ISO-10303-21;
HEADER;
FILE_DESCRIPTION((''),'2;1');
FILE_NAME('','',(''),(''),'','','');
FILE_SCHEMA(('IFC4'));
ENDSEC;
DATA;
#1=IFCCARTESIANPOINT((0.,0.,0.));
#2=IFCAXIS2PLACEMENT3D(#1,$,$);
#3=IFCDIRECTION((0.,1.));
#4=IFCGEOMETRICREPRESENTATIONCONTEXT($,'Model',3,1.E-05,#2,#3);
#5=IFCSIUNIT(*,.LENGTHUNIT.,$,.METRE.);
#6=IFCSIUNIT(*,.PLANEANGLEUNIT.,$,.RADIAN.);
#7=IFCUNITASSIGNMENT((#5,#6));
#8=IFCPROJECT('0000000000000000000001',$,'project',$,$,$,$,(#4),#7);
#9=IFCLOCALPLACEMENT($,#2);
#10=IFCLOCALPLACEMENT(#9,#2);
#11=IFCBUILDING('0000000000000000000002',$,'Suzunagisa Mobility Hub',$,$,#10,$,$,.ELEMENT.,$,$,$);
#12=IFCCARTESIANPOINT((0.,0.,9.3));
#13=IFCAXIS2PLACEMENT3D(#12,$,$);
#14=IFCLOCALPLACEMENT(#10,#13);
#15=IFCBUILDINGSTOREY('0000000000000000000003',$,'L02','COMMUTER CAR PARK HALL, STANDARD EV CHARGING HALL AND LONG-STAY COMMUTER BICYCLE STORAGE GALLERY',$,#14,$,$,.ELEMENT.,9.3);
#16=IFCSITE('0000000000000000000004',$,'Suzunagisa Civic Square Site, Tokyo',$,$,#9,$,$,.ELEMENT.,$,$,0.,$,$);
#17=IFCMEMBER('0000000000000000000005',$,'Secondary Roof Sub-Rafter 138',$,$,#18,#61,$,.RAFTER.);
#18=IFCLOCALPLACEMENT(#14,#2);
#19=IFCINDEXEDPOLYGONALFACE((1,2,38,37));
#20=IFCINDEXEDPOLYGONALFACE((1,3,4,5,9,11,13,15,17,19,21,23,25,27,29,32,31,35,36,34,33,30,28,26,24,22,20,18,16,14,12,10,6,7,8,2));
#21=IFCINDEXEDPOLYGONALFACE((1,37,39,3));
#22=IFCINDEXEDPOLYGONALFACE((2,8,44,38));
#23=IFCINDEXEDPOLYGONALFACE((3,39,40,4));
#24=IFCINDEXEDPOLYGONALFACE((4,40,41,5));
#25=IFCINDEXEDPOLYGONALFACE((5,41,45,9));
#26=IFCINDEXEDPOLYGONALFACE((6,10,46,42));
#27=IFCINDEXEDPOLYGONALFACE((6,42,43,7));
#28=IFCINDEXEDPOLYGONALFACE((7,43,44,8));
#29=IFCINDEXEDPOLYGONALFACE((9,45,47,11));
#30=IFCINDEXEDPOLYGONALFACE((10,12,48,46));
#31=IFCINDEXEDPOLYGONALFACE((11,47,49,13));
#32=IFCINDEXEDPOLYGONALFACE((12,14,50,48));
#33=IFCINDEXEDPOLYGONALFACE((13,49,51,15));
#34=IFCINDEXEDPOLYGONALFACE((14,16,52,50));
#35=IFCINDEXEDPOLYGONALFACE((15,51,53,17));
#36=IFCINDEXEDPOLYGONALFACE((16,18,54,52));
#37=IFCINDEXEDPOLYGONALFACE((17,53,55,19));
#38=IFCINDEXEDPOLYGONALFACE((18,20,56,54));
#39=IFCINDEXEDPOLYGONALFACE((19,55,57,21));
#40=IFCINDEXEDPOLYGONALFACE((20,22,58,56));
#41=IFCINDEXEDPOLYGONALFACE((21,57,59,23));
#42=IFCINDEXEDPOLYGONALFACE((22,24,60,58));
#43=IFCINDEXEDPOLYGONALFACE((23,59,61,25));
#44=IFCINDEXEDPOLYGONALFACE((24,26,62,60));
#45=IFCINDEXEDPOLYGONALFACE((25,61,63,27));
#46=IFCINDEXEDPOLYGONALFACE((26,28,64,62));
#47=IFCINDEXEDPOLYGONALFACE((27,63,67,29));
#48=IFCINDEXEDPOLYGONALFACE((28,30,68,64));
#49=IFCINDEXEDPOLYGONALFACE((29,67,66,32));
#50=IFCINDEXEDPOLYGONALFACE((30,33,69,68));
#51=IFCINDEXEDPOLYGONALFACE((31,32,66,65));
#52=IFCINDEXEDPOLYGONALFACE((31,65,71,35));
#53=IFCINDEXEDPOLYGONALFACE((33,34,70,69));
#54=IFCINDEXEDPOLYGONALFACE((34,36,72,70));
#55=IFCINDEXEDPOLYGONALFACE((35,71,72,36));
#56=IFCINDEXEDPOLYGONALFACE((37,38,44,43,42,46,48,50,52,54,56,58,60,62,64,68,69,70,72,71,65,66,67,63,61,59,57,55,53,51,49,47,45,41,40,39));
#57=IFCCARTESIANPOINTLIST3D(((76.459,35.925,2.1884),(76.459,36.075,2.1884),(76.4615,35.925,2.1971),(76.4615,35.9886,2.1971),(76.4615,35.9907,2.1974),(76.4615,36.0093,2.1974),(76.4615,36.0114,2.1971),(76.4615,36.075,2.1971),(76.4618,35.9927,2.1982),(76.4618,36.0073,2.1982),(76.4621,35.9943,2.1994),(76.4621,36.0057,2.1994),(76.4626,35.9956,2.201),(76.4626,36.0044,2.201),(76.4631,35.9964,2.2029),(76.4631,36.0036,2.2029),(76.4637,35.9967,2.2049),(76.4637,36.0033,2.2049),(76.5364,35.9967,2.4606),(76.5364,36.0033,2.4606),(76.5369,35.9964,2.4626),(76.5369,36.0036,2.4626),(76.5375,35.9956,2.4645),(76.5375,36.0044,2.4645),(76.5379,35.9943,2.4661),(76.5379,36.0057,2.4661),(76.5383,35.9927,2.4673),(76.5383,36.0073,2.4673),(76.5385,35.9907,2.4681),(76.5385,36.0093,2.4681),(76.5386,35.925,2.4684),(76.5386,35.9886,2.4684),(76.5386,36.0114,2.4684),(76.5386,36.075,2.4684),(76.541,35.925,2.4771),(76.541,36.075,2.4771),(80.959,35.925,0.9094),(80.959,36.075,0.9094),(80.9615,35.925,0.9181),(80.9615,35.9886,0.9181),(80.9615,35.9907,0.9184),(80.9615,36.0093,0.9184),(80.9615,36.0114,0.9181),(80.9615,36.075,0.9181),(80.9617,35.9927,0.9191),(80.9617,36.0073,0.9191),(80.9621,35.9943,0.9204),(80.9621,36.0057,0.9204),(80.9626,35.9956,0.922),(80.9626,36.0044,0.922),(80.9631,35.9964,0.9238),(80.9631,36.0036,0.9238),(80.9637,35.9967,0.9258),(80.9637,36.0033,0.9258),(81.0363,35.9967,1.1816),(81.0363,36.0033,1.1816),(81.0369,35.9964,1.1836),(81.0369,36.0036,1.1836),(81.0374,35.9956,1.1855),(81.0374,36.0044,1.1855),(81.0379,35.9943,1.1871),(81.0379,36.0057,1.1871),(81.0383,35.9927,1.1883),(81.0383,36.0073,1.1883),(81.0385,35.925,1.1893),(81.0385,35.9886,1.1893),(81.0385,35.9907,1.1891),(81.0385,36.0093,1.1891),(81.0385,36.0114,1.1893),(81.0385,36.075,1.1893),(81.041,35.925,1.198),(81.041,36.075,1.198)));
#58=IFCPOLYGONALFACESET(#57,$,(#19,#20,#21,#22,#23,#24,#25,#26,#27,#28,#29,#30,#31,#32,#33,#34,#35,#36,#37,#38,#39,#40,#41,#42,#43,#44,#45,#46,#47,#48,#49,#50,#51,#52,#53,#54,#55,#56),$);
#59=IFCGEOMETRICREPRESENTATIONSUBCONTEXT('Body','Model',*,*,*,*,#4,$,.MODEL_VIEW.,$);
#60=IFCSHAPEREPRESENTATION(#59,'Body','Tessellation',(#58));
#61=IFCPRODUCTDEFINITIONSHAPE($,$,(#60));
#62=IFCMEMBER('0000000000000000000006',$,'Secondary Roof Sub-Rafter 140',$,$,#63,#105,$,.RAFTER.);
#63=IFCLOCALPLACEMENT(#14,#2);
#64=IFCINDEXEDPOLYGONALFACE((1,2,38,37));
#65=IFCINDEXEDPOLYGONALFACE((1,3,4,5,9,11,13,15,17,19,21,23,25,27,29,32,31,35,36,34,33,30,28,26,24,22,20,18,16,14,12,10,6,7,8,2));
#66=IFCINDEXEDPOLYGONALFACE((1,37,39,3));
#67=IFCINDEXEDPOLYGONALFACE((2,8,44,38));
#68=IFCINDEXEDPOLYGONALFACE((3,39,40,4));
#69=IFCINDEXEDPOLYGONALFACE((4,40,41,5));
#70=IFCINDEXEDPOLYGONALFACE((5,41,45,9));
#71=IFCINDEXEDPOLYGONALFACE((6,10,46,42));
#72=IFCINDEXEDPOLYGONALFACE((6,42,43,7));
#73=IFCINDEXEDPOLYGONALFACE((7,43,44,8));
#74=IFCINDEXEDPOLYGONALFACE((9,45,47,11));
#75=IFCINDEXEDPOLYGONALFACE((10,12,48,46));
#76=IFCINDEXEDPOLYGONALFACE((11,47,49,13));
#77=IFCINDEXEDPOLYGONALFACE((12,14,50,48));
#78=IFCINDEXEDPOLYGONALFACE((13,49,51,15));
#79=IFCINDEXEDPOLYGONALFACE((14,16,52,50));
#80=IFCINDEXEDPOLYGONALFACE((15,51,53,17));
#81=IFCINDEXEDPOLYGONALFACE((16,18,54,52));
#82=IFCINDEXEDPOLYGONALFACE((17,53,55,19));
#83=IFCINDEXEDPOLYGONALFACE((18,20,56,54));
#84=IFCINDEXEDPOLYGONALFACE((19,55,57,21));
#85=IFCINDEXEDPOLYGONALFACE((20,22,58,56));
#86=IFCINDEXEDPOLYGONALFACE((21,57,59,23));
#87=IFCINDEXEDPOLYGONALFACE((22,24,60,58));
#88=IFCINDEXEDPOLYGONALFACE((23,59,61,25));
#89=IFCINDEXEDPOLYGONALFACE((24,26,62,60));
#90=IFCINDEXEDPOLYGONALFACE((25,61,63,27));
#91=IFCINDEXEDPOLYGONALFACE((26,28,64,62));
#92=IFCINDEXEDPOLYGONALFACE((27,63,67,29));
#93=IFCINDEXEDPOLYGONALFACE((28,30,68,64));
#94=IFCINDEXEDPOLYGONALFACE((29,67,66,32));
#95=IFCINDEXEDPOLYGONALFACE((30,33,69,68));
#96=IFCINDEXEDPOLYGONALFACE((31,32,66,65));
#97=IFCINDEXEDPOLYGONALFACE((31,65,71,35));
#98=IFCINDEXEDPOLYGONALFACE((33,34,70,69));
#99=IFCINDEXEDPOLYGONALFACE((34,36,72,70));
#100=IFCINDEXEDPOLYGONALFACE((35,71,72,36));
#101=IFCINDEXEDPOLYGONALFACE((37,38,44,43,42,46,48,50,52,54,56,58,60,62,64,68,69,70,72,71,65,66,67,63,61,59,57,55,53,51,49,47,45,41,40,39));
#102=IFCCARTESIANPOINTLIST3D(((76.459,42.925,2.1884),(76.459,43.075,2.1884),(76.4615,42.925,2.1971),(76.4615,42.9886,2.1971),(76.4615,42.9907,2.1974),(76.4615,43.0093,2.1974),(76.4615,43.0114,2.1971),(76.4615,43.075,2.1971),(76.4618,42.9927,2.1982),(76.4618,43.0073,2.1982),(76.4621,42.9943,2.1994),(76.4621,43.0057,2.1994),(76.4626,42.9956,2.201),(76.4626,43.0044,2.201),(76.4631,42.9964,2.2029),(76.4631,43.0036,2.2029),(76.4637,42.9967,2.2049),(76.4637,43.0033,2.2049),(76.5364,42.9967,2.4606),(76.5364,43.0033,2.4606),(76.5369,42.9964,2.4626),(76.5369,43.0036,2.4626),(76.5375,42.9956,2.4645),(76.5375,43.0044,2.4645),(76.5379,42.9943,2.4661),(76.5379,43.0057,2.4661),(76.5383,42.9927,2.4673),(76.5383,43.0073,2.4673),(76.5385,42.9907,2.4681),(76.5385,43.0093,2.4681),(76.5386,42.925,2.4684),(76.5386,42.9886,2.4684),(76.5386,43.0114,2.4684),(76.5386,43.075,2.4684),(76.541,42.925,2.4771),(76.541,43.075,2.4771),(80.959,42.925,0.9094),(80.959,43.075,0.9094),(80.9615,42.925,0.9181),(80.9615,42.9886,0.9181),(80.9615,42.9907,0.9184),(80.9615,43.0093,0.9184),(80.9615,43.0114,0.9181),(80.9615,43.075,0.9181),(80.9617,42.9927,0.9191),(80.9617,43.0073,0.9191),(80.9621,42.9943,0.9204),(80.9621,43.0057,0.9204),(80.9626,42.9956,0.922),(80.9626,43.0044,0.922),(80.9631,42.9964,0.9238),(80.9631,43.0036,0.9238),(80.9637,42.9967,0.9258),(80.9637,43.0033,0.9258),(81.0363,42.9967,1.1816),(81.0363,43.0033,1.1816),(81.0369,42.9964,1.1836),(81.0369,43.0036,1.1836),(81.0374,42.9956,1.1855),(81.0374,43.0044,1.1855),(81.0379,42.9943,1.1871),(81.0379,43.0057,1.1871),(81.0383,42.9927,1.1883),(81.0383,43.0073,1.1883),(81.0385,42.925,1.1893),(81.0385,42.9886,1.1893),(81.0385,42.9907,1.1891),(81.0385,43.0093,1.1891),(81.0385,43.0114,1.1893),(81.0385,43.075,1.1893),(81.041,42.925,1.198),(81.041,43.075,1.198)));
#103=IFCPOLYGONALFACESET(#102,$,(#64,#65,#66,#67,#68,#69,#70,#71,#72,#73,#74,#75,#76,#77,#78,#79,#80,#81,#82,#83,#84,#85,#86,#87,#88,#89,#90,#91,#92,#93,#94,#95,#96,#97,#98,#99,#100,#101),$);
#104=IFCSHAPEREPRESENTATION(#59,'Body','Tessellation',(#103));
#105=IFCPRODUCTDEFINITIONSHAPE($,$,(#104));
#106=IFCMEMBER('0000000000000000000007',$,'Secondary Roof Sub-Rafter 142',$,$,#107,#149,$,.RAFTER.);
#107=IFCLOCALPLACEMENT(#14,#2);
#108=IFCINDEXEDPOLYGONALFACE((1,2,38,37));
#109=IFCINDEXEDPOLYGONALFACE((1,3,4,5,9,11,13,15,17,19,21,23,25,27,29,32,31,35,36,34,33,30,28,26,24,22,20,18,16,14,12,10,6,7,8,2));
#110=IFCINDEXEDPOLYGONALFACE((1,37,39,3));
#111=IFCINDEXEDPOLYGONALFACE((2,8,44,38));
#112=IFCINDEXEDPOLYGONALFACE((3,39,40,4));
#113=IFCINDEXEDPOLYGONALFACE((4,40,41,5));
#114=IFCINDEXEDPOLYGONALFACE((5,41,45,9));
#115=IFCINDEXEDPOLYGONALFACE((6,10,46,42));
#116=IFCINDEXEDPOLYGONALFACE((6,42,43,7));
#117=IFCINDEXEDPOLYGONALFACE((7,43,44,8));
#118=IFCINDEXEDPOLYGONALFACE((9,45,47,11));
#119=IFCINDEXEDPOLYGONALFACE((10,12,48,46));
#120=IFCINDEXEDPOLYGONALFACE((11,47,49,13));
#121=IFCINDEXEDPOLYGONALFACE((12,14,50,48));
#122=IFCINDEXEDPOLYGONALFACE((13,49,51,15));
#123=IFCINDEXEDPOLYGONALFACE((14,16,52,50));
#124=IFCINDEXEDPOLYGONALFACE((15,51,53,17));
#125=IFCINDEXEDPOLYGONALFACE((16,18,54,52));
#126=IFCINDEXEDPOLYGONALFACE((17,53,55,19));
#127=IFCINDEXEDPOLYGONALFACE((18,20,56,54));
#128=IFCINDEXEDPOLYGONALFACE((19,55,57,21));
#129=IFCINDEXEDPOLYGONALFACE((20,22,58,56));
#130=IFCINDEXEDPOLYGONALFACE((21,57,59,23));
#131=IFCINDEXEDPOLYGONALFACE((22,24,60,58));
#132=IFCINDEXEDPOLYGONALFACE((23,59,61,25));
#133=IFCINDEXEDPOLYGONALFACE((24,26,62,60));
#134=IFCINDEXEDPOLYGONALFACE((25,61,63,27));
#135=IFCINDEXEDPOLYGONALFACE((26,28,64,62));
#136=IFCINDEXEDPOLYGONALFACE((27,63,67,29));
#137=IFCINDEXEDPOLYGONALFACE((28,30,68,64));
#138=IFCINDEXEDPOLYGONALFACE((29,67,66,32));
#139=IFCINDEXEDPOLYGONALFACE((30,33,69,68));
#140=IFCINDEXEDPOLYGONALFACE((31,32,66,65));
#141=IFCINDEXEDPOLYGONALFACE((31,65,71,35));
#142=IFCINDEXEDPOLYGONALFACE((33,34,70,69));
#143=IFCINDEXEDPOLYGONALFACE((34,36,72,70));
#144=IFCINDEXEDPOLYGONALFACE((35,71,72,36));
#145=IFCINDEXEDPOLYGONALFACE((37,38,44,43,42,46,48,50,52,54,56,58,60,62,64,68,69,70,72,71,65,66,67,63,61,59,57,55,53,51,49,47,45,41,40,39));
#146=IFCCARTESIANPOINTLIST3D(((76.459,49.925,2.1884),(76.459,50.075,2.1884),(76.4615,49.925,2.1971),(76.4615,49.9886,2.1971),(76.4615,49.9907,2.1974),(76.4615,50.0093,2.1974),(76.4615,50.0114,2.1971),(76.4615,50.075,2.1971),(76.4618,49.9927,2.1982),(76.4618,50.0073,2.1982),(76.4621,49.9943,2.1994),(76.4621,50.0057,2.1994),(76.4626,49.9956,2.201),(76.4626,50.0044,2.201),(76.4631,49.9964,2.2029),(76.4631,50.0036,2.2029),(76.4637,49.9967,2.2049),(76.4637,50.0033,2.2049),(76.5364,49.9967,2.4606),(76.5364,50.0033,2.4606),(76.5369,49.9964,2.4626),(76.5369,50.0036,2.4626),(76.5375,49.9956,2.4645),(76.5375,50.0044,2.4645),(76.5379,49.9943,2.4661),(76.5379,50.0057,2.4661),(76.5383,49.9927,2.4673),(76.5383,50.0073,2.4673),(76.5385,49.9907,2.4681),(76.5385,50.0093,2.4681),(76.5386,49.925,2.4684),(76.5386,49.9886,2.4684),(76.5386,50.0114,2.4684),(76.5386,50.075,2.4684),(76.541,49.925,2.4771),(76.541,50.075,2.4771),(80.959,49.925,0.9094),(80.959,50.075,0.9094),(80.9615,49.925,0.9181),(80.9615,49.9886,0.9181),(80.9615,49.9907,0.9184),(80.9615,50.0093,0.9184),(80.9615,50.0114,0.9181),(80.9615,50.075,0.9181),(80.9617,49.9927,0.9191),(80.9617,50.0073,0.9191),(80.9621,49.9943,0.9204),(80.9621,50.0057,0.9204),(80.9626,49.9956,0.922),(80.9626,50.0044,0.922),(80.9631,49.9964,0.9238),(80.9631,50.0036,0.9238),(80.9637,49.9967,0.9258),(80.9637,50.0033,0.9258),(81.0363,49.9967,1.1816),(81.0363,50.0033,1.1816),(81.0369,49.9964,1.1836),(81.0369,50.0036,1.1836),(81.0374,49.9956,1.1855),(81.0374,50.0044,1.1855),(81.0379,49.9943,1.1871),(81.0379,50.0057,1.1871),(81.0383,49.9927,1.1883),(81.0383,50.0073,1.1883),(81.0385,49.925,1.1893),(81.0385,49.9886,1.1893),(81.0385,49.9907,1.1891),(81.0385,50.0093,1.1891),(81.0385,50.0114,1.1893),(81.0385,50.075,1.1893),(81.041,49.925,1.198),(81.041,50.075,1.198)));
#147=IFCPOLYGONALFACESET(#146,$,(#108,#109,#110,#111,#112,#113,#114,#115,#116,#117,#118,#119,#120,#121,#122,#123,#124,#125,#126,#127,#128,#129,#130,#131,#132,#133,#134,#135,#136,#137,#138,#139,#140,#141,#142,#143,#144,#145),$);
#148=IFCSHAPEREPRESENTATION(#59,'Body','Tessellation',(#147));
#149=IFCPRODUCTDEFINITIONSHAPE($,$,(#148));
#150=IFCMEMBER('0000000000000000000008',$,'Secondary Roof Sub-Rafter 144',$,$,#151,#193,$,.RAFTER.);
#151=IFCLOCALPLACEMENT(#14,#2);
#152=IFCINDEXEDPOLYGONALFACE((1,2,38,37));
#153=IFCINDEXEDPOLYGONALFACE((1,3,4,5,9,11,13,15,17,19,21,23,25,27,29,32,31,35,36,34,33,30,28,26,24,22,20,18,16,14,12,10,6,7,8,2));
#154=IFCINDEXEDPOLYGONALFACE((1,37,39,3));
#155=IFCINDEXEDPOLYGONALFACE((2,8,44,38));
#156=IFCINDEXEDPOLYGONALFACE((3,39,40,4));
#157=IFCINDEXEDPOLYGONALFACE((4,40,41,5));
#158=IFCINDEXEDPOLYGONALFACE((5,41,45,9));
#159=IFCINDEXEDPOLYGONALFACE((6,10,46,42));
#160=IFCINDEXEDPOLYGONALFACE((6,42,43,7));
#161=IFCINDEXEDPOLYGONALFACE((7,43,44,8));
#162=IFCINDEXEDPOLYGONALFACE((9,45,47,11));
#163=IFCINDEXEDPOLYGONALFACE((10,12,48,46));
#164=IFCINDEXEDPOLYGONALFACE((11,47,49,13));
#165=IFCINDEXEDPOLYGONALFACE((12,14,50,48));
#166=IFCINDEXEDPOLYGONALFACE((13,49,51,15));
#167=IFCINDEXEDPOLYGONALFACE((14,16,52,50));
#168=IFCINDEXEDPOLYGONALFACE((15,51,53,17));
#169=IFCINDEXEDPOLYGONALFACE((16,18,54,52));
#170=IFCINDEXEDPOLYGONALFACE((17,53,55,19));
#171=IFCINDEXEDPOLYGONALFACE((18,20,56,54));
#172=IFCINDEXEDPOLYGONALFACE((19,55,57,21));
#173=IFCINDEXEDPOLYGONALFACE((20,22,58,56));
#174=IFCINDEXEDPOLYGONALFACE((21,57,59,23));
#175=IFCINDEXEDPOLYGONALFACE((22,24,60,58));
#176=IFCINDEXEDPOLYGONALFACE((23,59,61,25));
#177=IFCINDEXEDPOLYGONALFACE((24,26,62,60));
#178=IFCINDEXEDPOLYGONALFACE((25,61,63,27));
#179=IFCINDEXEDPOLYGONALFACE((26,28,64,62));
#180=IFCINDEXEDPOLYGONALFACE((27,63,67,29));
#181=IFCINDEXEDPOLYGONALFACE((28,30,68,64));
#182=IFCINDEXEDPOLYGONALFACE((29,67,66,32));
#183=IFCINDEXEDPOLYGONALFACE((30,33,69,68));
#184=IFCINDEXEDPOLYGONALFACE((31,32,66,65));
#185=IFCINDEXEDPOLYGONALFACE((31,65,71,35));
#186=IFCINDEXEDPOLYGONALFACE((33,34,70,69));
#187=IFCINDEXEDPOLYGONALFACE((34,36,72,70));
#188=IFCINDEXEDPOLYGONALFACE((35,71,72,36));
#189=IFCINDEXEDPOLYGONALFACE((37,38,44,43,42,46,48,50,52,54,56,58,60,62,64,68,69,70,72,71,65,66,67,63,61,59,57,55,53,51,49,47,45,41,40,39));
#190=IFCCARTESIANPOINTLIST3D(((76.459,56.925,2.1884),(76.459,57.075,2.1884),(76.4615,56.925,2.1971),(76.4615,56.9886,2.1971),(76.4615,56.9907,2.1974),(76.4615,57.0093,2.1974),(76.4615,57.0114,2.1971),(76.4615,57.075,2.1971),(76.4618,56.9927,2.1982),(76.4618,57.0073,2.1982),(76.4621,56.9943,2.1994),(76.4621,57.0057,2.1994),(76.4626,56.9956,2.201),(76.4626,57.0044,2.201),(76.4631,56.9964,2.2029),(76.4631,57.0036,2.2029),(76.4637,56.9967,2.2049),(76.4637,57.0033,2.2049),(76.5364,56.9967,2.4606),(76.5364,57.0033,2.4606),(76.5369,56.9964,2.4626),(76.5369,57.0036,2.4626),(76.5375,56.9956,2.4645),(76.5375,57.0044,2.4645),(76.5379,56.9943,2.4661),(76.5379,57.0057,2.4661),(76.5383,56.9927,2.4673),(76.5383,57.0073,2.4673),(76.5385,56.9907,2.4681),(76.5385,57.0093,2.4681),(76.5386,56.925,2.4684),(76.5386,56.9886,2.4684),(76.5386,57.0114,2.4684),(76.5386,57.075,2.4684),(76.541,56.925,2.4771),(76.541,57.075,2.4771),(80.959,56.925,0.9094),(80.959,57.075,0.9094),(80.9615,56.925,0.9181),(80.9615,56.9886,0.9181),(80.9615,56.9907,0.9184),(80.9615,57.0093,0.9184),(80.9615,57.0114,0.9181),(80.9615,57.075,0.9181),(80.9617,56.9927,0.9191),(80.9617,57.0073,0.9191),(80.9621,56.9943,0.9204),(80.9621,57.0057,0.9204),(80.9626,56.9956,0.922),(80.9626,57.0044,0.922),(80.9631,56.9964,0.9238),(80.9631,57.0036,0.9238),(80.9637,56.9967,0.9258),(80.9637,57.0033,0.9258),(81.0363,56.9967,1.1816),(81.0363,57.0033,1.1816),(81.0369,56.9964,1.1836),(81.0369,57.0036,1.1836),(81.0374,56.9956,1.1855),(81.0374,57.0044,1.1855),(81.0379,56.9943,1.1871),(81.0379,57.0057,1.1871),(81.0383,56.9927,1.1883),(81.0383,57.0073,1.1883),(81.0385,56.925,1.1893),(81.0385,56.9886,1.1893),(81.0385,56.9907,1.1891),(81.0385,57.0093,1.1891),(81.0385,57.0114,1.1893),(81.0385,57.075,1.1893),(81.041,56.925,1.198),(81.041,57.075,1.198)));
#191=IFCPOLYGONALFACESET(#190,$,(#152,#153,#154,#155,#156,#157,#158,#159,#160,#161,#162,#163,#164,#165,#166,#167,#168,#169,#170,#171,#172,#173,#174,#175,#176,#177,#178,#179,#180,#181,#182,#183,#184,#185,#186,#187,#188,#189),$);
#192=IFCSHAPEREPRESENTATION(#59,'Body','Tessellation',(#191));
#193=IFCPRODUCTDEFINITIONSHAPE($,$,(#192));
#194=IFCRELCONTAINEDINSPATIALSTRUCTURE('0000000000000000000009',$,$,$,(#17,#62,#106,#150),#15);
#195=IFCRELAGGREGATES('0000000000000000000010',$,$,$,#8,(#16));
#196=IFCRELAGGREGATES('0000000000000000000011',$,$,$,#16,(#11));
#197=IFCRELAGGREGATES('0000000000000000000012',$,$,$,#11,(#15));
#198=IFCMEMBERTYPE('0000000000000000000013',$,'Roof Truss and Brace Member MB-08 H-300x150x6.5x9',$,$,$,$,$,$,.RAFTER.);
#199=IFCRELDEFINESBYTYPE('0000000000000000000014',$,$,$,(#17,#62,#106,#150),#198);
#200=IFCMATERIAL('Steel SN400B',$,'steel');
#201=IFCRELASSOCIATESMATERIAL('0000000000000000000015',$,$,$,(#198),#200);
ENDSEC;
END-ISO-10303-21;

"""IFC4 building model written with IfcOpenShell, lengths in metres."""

from ifc_helpers import new_model, si_unit, direction, frame, origin, origin_2d, place, context, subcontext, project, spatial, i_section, extrude, material, material_profile, profile_set, type_object, element, save


model = new_model("IFC4")

# Units and contexts
model_context = context("Model", 3, precision=1e-05, world=origin(), true_north=direction((0.0, 1.0)))
body_context = subcontext(model_context, "Body", "Model", "MODEL_VIEW")
ifc_project = project(units=[si_unit("LENGTHUNIT", "METRE"), si_unit("PLANEANGLEUNIT", "RADIAN")], contexts=[model_context])

# Site, building, storey
site_placement = place(None, origin())
site = spatial("IfcSite", under=ifc_project, at=site_placement, Name="Suzunagisa Civic Square Site, Tokyo", CompositionType="ELEMENT", RefElevation=0.0)
building_placement = place(site_placement, origin())
building = spatial("IfcBuilding", under=site, at=building_placement, Name="Suzunagisa Mobility Hub", CompositionType="ELEMENT")
storey_placement = place(building_placement, frame((0.0, 0.0, 9.3)))
storey = spatial("IfcBuildingStorey", under=building, at=storey_placement, Name="L02", Description="COMMUTER CAR PARK HALL, STANDARD EV CHARGING HALL AND LONG-STAY COMMUTER BICYCLE STORAGE GALLERY", CompositionType="ELEMENT", Elevation=9.3)

# Members
ifc_material_1 = material(Name="Steel SN400B", Category="steel")
ifc_material_profile_1 = material_profile(ifc_material_1, i_section(OverallWidth=0.1499, OverallDepth=0.3, WebThickness=0.0066, FlangeThickness=0.009, FilletRadius=0.0081, at=origin_2d()), Name="H-300x150x6.5x9")
ifc_profile_set_1 = profile_set([ifc_material_profile_1], Name="Steel SN400B")
member_type_1 = type_object("IfcMemberType", Name="Roof Truss and Brace Member MB-08 H-300x150x6.5x9", PredefinedType="RAFTER", material=ifc_profile_set_1)
for number, where, z_axis, x_axis, name in (
    (1, (81.0, 36.0, 1.0537), (-0.961899, 0.0, 0.273404), (0.0, -1.0, 0.0), "Secondary Roof Sub-Rafter 138"),
    (2, (81.0, 43.0, 1.0537), (-0.961899, 0.0, 0.273404), (0.0, -1.0, 0.0), "Secondary Roof Sub-Rafter 140"),
    (3, (81.0, 50.0, 1.0537), (-0.961899, 0.0, 0.273404), (0.0, -1.0, 0.0), "Secondary Roof Sub-Rafter 142"),
    (4, (81.0, 57.0, 1.0537), (-0.961899, 0.0, 0.273404), (0.0, -1.0, 0.0), "Secondary Roof Sub-Rafter 144"),
):
    element("IfcMember", number, at=place(storey_placement, frame(where, z_axis=z_axis, x_axis=x_axis)), inside=storey, type_object=member_type_1, Name=name, PredefinedType="RAFTER", context=body_context, shape_type="SweptSolid", body=[
        extrude(i_section(OverallWidth=0.1499, OverallDepth=0.3, WebThickness=0.0066, FlangeThickness=0.009, FilletRadius=0.0081, at=origin_2d()), origin(), (0.0, 0.0, 1.0), 4.6782),
    ])

save(model, "model.ifc")
